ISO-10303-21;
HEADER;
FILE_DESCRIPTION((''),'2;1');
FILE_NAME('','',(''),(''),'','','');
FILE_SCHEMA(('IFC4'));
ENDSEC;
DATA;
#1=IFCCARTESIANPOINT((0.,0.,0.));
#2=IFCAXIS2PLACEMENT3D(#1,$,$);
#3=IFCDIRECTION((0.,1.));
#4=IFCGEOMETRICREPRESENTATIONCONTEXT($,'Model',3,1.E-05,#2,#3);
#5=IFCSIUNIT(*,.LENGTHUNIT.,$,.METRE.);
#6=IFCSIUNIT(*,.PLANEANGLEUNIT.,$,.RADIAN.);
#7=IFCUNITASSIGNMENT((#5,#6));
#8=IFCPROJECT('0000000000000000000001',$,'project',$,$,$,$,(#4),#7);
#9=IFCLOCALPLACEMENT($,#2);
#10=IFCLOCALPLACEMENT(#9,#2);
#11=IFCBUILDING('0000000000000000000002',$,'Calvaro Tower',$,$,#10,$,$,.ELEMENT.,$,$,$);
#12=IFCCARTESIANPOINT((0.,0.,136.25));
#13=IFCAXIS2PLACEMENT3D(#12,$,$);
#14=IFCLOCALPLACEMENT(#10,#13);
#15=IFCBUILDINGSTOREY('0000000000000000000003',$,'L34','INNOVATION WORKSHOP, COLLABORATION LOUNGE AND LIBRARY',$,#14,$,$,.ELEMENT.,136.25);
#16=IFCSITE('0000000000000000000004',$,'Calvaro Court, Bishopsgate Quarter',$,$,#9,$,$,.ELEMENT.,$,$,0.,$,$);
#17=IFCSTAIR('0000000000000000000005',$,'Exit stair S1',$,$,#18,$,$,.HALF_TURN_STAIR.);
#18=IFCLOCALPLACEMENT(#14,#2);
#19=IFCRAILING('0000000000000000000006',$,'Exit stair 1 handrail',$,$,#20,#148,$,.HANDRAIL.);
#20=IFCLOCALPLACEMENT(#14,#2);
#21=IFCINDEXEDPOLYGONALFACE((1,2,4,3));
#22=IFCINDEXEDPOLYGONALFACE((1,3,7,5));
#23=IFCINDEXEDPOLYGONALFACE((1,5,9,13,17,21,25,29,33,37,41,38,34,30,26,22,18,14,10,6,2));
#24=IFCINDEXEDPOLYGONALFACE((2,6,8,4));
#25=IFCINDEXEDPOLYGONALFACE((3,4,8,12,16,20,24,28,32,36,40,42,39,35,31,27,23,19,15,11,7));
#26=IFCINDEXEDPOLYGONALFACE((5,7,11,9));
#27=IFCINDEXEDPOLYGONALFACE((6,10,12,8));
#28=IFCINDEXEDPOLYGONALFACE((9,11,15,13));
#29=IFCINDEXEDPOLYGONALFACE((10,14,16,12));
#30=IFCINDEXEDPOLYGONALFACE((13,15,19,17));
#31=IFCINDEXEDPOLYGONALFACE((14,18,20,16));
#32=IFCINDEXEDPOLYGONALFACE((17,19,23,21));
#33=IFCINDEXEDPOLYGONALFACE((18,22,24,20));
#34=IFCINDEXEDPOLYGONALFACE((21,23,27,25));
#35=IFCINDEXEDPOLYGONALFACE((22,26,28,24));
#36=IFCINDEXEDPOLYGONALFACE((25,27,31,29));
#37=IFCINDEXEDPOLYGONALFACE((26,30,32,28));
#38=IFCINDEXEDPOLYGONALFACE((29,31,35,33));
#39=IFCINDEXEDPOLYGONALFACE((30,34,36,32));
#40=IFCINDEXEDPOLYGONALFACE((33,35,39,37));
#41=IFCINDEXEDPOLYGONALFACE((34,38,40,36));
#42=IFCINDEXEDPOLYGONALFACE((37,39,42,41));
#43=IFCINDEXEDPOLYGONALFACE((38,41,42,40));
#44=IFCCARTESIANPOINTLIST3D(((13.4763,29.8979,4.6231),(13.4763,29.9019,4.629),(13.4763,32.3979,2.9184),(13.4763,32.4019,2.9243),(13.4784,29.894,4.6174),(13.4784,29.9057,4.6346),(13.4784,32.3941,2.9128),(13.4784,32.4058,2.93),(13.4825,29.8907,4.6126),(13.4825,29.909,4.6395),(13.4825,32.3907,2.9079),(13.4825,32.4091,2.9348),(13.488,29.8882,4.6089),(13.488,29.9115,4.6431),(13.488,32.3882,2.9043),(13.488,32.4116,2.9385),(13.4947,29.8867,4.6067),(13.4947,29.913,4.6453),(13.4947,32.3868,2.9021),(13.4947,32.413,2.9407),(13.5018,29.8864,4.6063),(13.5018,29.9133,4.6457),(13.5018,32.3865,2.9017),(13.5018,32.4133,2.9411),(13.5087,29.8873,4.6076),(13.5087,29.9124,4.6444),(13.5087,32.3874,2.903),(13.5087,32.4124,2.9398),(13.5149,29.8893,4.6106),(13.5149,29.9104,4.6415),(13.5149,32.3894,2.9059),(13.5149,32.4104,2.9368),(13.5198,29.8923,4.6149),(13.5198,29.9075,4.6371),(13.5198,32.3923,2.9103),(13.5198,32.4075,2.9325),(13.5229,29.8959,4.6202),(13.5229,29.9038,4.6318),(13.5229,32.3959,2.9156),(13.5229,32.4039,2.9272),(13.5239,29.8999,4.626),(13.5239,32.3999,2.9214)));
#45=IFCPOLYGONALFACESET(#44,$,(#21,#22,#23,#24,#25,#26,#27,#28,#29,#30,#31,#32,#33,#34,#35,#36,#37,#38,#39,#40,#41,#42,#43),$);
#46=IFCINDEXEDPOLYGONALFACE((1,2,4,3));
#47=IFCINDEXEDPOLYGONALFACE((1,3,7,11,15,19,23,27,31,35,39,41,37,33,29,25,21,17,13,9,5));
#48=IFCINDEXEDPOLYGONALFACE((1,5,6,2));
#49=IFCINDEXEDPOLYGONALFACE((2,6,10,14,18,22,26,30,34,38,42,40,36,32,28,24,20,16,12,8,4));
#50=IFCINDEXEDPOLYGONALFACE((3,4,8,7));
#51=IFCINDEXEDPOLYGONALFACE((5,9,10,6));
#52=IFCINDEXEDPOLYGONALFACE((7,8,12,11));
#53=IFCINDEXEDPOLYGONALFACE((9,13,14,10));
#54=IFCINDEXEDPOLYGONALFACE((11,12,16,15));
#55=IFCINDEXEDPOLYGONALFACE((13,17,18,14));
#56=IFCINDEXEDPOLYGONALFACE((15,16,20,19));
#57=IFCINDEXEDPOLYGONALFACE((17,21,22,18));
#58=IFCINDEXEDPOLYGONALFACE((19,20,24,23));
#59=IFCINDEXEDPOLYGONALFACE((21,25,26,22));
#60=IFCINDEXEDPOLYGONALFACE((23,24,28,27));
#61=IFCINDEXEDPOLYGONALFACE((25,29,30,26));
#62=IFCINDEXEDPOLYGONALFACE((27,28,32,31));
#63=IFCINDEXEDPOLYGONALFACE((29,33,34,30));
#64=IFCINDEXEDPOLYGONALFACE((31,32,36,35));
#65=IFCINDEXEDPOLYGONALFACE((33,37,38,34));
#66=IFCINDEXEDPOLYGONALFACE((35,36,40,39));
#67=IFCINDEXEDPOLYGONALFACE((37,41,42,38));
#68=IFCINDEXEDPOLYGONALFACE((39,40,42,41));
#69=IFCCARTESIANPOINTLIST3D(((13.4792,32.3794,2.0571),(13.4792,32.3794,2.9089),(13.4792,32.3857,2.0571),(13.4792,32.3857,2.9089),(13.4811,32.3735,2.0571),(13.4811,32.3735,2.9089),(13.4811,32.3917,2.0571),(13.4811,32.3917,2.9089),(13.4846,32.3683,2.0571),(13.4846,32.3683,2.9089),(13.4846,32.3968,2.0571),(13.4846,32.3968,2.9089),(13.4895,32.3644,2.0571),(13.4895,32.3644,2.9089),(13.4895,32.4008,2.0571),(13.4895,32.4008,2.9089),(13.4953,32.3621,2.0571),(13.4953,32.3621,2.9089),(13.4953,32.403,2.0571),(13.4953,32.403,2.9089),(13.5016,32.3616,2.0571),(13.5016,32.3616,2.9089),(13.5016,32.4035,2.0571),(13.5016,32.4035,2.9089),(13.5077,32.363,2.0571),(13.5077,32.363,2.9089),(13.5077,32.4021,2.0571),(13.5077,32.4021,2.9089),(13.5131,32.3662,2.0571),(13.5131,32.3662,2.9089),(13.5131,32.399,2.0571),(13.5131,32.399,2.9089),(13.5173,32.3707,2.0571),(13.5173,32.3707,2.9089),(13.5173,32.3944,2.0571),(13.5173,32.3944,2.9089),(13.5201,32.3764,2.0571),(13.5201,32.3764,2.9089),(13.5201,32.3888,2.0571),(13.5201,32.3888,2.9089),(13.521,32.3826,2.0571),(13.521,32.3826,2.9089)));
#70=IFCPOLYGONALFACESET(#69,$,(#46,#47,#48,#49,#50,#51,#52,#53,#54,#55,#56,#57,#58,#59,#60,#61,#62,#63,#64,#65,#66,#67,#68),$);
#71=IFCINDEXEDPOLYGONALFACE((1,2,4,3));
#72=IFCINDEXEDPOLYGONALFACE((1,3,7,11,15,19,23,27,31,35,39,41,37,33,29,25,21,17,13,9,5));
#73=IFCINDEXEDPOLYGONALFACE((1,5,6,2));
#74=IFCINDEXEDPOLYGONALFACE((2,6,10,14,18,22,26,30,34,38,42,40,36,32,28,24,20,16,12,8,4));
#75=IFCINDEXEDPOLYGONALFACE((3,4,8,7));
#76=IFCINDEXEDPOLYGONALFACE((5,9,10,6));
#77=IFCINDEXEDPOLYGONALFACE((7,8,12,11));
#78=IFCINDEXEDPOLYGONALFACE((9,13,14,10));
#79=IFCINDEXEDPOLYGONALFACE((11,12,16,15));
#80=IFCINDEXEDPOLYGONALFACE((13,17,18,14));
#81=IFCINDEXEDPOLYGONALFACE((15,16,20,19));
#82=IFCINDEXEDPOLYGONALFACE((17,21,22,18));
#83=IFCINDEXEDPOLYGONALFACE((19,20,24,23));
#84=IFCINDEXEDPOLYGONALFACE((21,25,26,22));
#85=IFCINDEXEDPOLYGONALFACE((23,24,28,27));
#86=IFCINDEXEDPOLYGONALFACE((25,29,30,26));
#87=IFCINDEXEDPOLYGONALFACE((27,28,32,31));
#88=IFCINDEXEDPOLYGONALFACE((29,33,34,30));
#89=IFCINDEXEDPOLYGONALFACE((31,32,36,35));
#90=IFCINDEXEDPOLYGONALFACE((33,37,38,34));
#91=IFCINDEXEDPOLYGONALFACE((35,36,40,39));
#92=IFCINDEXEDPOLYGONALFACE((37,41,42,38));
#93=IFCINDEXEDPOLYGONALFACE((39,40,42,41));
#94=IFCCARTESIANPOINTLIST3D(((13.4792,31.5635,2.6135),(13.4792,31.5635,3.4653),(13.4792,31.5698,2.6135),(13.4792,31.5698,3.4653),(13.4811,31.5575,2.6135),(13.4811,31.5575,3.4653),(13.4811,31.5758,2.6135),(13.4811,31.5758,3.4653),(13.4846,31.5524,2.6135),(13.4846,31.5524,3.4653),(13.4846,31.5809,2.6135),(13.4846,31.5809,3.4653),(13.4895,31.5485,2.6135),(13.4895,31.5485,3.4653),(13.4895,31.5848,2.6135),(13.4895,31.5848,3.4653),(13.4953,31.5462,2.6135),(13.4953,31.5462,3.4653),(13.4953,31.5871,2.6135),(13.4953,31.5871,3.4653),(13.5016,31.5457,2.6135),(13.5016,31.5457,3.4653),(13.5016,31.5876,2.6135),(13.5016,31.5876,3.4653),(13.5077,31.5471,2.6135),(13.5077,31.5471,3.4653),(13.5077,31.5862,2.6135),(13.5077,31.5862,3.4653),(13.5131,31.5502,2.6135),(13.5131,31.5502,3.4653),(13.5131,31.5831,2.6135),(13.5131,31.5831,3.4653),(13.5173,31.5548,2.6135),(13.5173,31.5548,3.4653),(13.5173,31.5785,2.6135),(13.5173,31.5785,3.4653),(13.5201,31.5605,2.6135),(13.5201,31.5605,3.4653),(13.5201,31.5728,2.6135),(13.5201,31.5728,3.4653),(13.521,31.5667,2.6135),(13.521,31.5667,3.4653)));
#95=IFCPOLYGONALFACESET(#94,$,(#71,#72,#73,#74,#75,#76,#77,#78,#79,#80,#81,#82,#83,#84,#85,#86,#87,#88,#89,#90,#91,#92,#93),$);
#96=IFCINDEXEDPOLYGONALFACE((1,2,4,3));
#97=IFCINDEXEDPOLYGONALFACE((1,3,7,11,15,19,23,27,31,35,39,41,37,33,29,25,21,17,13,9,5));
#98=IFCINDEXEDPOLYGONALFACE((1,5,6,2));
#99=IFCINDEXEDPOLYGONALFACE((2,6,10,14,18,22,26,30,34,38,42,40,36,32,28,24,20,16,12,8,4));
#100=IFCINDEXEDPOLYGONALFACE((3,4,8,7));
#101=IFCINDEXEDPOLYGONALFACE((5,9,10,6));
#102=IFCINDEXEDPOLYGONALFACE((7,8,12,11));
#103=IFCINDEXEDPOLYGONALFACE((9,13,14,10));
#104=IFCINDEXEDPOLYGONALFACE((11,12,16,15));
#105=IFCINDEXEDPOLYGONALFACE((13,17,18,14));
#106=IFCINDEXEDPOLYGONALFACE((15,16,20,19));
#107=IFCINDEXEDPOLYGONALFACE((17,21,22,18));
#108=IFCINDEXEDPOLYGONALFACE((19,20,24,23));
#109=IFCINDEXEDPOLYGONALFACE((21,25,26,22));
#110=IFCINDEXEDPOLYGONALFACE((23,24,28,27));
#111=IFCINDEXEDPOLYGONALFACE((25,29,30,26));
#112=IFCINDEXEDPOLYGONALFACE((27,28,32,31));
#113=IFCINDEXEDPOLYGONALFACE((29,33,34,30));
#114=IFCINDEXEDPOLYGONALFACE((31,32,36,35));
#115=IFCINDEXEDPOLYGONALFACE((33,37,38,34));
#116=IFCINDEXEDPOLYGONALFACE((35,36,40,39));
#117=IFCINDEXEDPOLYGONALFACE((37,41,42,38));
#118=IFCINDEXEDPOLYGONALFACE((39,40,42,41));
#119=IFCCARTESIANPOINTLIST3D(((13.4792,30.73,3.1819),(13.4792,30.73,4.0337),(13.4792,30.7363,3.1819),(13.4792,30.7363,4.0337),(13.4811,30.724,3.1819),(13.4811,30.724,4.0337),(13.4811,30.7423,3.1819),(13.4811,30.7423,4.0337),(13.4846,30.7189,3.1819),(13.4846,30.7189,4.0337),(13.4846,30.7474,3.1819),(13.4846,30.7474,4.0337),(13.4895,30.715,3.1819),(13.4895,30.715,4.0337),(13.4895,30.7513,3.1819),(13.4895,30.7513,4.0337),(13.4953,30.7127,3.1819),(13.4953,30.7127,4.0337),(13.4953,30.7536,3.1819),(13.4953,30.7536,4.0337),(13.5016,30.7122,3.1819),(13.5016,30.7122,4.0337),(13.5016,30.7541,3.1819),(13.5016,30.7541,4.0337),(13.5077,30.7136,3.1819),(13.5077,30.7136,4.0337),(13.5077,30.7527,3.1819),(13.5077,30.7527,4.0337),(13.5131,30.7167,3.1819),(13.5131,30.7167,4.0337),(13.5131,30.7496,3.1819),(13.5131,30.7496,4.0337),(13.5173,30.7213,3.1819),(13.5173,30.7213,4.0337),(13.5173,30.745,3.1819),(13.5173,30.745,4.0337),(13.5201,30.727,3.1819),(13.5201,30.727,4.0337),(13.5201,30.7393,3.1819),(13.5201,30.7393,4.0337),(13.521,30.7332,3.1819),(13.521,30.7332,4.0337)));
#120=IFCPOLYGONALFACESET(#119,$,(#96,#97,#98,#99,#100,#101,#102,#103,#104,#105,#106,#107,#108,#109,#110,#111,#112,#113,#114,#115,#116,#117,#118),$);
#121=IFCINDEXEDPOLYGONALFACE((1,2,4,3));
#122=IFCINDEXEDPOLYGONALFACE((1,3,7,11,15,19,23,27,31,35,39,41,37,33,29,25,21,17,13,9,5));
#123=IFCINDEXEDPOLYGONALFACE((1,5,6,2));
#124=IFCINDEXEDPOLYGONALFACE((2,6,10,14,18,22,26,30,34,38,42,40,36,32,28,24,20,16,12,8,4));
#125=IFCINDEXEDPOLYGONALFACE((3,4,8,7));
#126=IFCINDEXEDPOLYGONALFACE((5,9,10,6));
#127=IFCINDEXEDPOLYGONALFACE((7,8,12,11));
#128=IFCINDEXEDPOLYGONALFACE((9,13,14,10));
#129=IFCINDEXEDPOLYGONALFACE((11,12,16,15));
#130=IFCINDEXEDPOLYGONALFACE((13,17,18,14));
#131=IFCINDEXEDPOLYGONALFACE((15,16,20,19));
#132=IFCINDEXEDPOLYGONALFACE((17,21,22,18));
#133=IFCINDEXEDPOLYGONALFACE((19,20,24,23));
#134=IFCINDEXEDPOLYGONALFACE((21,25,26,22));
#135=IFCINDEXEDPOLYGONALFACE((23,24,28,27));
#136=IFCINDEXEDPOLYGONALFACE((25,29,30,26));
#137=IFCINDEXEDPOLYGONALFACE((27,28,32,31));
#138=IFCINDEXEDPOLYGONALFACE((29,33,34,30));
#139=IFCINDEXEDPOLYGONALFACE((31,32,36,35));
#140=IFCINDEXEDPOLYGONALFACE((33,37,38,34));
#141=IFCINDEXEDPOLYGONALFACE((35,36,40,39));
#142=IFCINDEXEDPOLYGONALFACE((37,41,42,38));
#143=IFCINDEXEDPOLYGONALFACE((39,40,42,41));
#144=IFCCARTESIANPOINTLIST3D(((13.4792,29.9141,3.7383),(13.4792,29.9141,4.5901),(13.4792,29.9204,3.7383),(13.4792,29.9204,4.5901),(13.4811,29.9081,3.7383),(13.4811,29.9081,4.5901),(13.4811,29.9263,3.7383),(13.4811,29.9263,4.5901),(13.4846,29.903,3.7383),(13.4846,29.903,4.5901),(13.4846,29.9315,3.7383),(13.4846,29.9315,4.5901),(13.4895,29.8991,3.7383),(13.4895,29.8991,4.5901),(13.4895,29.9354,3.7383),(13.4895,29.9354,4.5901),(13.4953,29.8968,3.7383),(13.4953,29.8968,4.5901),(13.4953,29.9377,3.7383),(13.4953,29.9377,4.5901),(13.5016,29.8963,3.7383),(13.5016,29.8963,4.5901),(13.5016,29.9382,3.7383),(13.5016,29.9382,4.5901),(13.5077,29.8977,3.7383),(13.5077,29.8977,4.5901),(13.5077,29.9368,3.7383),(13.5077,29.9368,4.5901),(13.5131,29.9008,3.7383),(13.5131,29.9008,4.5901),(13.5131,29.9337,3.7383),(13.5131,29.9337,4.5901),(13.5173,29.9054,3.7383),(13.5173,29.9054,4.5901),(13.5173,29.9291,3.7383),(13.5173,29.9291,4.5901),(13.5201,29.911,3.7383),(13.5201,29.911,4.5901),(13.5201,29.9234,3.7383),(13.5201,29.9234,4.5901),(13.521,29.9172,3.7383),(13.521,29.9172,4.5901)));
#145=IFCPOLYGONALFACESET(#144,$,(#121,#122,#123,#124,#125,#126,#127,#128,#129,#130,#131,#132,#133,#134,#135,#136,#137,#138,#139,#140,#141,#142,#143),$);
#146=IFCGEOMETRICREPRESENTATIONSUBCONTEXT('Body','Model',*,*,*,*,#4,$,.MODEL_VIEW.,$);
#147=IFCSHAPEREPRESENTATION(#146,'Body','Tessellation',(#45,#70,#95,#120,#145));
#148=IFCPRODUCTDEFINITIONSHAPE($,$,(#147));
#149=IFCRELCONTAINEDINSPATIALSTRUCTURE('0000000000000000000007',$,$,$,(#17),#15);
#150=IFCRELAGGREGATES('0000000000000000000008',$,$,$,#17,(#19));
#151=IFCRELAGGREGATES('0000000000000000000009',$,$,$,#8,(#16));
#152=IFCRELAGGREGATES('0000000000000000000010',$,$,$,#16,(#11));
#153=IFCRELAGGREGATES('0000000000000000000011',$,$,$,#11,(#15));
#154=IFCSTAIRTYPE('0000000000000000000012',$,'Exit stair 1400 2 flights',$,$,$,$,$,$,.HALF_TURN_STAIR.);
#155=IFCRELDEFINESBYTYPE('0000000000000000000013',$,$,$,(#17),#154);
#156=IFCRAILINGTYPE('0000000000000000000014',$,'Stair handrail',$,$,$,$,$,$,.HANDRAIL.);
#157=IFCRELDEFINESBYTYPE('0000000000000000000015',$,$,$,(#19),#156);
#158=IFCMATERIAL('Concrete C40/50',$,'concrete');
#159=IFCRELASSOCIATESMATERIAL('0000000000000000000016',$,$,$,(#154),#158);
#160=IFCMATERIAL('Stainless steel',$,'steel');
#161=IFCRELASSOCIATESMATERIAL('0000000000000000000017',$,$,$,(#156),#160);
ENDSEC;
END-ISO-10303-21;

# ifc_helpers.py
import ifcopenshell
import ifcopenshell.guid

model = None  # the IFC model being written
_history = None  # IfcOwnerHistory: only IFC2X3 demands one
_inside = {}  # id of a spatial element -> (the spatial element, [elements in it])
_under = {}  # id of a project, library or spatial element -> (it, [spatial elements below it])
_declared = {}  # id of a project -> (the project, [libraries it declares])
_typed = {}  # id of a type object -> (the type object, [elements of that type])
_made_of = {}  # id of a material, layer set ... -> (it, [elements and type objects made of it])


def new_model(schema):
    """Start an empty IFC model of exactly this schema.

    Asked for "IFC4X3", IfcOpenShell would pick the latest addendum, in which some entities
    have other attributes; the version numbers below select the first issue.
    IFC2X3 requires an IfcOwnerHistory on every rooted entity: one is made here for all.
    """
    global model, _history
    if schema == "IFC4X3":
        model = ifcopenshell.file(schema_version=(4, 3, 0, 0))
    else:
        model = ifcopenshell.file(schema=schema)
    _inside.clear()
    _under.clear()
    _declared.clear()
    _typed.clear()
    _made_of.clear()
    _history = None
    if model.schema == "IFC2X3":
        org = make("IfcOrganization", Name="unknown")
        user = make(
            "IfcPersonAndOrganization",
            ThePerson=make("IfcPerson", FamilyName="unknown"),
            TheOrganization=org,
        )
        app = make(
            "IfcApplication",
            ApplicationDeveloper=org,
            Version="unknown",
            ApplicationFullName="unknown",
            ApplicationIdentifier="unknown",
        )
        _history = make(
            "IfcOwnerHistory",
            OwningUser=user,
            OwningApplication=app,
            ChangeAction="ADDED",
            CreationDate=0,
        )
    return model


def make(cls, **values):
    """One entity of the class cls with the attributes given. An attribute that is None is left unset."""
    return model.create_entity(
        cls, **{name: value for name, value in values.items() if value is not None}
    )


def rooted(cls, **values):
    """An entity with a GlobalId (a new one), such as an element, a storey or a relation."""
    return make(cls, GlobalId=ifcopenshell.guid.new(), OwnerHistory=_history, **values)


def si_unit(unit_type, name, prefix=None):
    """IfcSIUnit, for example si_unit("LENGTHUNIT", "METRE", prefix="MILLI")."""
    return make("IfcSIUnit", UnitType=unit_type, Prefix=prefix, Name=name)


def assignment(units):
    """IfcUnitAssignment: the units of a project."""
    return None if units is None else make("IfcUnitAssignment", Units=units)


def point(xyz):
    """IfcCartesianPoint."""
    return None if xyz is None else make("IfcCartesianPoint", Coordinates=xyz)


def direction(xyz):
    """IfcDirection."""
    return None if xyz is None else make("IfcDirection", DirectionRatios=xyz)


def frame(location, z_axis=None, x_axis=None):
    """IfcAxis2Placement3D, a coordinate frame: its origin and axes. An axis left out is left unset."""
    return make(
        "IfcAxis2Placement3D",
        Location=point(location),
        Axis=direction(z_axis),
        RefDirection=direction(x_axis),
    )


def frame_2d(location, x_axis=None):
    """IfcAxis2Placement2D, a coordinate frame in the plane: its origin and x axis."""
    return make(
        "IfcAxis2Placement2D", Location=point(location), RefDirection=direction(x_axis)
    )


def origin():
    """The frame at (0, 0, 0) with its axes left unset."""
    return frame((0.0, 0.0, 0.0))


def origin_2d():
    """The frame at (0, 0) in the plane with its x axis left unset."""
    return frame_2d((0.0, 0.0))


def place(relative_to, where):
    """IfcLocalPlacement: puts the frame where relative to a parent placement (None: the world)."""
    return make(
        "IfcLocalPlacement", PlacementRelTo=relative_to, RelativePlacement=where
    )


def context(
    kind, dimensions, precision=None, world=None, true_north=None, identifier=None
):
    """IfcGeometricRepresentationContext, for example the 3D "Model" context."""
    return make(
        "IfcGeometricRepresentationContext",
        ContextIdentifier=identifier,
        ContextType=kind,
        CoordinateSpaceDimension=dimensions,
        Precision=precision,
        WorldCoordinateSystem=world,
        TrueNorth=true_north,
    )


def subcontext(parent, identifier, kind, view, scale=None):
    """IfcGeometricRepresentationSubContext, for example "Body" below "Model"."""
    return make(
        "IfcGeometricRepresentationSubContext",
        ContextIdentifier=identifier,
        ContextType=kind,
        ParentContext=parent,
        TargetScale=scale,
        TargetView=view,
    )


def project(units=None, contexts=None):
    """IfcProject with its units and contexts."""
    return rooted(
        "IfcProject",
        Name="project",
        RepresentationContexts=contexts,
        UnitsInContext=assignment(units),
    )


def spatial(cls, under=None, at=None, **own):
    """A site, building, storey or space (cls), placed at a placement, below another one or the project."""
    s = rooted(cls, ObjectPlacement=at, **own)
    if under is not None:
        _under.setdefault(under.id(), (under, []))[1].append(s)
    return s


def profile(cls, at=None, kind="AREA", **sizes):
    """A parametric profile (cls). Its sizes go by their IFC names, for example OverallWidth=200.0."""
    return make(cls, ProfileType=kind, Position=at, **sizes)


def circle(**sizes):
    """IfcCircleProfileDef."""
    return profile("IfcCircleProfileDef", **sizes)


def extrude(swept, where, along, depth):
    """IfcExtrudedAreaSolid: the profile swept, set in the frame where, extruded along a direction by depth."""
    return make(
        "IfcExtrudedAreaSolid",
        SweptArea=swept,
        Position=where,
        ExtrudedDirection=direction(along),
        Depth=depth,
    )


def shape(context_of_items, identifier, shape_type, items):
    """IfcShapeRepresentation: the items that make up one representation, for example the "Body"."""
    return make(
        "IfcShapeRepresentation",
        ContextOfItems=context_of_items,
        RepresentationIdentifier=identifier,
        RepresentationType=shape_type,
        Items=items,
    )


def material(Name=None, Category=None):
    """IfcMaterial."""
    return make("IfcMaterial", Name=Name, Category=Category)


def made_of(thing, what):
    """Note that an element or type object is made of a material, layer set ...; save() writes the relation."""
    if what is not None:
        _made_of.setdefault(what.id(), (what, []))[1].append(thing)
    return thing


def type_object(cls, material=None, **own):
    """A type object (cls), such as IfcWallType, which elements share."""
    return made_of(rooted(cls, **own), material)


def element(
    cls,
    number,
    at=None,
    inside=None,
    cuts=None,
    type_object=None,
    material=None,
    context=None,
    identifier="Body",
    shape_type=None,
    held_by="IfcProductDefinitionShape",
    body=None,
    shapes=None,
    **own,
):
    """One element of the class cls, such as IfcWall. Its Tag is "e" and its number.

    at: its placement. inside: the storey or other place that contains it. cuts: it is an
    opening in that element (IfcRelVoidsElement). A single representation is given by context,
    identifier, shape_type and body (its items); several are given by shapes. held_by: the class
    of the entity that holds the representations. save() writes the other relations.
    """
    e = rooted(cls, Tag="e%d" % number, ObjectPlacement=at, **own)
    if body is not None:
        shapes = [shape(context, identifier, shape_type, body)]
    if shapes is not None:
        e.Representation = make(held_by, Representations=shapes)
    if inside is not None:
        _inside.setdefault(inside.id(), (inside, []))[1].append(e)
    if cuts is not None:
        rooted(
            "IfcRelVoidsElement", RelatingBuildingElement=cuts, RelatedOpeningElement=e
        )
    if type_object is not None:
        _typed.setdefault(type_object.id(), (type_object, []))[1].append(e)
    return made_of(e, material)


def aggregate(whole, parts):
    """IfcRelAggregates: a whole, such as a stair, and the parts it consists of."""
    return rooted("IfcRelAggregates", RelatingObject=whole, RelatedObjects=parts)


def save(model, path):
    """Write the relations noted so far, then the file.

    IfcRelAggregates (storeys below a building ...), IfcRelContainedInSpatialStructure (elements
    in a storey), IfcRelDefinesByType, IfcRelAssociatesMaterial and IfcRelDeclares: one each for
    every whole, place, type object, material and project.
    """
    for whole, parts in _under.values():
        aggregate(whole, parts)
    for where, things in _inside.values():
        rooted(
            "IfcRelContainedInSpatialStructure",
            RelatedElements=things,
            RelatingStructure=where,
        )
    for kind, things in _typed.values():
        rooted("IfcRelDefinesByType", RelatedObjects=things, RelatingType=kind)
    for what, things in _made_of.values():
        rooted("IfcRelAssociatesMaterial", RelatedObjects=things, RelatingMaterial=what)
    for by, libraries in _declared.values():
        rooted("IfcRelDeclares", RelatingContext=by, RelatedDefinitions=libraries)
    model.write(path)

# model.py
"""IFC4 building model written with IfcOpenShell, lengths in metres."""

from ifc_helpers import new_model, si_unit, direction, frame, origin, origin_2d, place, context, subcontext, project, spatial, circle, extrude, material, type_object, element, aggregate, save


model = new_model("IFC4")

# Units and contexts
model_context = context("Model", 3, precision=1e-05, world=origin(), true_north=direction((0.0, 1.0)))
body_context = subcontext(model_context, "Body", "Model", "MODEL_VIEW")
ifc_project = project(units=[si_unit("LENGTHUNIT", "METRE"), si_unit("PLANEANGLEUNIT", "RADIAN")], contexts=[model_context])

# Site, building, storey
site_placement = place(None, origin())
site = spatial("IfcSite", under=ifc_project, at=site_placement, Name="Calvaro Court, Bishopsgate Quarter", CompositionType="ELEMENT", RefElevation=0.0)
building_placement = place(site_placement, origin())
building = spatial("IfcBuilding", under=site, at=building_placement, Name="Calvaro Tower", CompositionType="ELEMENT")
storey_placement = place(building_placement, frame((0.0, 0.0, 136.25)))
storey = spatial("IfcBuildingStorey", under=building, at=storey_placement, Name="L34", Description="INNOVATION WORKSHOP, COLLABORATION LOUNGE AND LIBRARY", CompositionType="ELEMENT", Elevation=136.25)

# Shared definitions
ifc_material_1 = material(Name="Concrete C40/50", Category="concrete")
stair_type = type_object("IfcStairType", Name="Exit stair 1400 2 flights", PredefinedType="HALF_TURN_STAIR", material=ifc_material_1)

# Stair, railing
stair_1_placement = place(storey_placement, origin())
stair_1 = element("IfcStair", 1, at=stair_1_placement, inside=storey, type_object=stair_type, Name="Exit stair S1", PredefinedType="HALF_TURN_STAIR")
ifc_material_2 = material(Name="Stainless steel", Category="steel")
railing_type = type_object("IfcRailingType", Name="Stair handrail", PredefinedType="HANDRAIL", material=ifc_material_2)
railing_1_placement = place(storey_placement, frame((13.5, 32.3999, 2.0454)))
railing_1 = element("IfcRailing", 2, at=railing_1_placement, type_object=railing_type, Name="Exit stair 1 handrail", PredefinedType="HANDRAIL", context=body_context, shape_type="SweptSolid", body=[
    extrude(circle(Radius=0.0239, at=origin_2d()), frame((0.0, 0.0, 0.876), z_axis=(0.0, -0.826221, 0.563347), x_axis=(1.0, 0.0, 0.0)), (0.0, 0.0, 1.0), 3.0259),
    extrude(circle(Radius=0.021, at=origin_2d()), frame((0.0, -0.0173, 0.0117)), (0.0, 0.0, 1.0), 0.8518),
    extrude(circle(Radius=0.021, at=origin_2d()), frame((0.0, -0.8333, 0.5681)), (0.0, 0.0, 1.0), 0.8518),
    extrude(circle(Radius=0.021, at=origin_2d()), frame((0.0, -1.6667, 1.1365)), (0.0, 0.0, 1.0), 0.8518),
    extrude(circle(Radius=0.021, at=origin_2d()), frame((0.0, -2.4827, 1.6929)), (0.0, 0.0, 1.0), 0.8518),
])
aggregate(stair_1, [railing_1])

save(model, "model.ifc")
